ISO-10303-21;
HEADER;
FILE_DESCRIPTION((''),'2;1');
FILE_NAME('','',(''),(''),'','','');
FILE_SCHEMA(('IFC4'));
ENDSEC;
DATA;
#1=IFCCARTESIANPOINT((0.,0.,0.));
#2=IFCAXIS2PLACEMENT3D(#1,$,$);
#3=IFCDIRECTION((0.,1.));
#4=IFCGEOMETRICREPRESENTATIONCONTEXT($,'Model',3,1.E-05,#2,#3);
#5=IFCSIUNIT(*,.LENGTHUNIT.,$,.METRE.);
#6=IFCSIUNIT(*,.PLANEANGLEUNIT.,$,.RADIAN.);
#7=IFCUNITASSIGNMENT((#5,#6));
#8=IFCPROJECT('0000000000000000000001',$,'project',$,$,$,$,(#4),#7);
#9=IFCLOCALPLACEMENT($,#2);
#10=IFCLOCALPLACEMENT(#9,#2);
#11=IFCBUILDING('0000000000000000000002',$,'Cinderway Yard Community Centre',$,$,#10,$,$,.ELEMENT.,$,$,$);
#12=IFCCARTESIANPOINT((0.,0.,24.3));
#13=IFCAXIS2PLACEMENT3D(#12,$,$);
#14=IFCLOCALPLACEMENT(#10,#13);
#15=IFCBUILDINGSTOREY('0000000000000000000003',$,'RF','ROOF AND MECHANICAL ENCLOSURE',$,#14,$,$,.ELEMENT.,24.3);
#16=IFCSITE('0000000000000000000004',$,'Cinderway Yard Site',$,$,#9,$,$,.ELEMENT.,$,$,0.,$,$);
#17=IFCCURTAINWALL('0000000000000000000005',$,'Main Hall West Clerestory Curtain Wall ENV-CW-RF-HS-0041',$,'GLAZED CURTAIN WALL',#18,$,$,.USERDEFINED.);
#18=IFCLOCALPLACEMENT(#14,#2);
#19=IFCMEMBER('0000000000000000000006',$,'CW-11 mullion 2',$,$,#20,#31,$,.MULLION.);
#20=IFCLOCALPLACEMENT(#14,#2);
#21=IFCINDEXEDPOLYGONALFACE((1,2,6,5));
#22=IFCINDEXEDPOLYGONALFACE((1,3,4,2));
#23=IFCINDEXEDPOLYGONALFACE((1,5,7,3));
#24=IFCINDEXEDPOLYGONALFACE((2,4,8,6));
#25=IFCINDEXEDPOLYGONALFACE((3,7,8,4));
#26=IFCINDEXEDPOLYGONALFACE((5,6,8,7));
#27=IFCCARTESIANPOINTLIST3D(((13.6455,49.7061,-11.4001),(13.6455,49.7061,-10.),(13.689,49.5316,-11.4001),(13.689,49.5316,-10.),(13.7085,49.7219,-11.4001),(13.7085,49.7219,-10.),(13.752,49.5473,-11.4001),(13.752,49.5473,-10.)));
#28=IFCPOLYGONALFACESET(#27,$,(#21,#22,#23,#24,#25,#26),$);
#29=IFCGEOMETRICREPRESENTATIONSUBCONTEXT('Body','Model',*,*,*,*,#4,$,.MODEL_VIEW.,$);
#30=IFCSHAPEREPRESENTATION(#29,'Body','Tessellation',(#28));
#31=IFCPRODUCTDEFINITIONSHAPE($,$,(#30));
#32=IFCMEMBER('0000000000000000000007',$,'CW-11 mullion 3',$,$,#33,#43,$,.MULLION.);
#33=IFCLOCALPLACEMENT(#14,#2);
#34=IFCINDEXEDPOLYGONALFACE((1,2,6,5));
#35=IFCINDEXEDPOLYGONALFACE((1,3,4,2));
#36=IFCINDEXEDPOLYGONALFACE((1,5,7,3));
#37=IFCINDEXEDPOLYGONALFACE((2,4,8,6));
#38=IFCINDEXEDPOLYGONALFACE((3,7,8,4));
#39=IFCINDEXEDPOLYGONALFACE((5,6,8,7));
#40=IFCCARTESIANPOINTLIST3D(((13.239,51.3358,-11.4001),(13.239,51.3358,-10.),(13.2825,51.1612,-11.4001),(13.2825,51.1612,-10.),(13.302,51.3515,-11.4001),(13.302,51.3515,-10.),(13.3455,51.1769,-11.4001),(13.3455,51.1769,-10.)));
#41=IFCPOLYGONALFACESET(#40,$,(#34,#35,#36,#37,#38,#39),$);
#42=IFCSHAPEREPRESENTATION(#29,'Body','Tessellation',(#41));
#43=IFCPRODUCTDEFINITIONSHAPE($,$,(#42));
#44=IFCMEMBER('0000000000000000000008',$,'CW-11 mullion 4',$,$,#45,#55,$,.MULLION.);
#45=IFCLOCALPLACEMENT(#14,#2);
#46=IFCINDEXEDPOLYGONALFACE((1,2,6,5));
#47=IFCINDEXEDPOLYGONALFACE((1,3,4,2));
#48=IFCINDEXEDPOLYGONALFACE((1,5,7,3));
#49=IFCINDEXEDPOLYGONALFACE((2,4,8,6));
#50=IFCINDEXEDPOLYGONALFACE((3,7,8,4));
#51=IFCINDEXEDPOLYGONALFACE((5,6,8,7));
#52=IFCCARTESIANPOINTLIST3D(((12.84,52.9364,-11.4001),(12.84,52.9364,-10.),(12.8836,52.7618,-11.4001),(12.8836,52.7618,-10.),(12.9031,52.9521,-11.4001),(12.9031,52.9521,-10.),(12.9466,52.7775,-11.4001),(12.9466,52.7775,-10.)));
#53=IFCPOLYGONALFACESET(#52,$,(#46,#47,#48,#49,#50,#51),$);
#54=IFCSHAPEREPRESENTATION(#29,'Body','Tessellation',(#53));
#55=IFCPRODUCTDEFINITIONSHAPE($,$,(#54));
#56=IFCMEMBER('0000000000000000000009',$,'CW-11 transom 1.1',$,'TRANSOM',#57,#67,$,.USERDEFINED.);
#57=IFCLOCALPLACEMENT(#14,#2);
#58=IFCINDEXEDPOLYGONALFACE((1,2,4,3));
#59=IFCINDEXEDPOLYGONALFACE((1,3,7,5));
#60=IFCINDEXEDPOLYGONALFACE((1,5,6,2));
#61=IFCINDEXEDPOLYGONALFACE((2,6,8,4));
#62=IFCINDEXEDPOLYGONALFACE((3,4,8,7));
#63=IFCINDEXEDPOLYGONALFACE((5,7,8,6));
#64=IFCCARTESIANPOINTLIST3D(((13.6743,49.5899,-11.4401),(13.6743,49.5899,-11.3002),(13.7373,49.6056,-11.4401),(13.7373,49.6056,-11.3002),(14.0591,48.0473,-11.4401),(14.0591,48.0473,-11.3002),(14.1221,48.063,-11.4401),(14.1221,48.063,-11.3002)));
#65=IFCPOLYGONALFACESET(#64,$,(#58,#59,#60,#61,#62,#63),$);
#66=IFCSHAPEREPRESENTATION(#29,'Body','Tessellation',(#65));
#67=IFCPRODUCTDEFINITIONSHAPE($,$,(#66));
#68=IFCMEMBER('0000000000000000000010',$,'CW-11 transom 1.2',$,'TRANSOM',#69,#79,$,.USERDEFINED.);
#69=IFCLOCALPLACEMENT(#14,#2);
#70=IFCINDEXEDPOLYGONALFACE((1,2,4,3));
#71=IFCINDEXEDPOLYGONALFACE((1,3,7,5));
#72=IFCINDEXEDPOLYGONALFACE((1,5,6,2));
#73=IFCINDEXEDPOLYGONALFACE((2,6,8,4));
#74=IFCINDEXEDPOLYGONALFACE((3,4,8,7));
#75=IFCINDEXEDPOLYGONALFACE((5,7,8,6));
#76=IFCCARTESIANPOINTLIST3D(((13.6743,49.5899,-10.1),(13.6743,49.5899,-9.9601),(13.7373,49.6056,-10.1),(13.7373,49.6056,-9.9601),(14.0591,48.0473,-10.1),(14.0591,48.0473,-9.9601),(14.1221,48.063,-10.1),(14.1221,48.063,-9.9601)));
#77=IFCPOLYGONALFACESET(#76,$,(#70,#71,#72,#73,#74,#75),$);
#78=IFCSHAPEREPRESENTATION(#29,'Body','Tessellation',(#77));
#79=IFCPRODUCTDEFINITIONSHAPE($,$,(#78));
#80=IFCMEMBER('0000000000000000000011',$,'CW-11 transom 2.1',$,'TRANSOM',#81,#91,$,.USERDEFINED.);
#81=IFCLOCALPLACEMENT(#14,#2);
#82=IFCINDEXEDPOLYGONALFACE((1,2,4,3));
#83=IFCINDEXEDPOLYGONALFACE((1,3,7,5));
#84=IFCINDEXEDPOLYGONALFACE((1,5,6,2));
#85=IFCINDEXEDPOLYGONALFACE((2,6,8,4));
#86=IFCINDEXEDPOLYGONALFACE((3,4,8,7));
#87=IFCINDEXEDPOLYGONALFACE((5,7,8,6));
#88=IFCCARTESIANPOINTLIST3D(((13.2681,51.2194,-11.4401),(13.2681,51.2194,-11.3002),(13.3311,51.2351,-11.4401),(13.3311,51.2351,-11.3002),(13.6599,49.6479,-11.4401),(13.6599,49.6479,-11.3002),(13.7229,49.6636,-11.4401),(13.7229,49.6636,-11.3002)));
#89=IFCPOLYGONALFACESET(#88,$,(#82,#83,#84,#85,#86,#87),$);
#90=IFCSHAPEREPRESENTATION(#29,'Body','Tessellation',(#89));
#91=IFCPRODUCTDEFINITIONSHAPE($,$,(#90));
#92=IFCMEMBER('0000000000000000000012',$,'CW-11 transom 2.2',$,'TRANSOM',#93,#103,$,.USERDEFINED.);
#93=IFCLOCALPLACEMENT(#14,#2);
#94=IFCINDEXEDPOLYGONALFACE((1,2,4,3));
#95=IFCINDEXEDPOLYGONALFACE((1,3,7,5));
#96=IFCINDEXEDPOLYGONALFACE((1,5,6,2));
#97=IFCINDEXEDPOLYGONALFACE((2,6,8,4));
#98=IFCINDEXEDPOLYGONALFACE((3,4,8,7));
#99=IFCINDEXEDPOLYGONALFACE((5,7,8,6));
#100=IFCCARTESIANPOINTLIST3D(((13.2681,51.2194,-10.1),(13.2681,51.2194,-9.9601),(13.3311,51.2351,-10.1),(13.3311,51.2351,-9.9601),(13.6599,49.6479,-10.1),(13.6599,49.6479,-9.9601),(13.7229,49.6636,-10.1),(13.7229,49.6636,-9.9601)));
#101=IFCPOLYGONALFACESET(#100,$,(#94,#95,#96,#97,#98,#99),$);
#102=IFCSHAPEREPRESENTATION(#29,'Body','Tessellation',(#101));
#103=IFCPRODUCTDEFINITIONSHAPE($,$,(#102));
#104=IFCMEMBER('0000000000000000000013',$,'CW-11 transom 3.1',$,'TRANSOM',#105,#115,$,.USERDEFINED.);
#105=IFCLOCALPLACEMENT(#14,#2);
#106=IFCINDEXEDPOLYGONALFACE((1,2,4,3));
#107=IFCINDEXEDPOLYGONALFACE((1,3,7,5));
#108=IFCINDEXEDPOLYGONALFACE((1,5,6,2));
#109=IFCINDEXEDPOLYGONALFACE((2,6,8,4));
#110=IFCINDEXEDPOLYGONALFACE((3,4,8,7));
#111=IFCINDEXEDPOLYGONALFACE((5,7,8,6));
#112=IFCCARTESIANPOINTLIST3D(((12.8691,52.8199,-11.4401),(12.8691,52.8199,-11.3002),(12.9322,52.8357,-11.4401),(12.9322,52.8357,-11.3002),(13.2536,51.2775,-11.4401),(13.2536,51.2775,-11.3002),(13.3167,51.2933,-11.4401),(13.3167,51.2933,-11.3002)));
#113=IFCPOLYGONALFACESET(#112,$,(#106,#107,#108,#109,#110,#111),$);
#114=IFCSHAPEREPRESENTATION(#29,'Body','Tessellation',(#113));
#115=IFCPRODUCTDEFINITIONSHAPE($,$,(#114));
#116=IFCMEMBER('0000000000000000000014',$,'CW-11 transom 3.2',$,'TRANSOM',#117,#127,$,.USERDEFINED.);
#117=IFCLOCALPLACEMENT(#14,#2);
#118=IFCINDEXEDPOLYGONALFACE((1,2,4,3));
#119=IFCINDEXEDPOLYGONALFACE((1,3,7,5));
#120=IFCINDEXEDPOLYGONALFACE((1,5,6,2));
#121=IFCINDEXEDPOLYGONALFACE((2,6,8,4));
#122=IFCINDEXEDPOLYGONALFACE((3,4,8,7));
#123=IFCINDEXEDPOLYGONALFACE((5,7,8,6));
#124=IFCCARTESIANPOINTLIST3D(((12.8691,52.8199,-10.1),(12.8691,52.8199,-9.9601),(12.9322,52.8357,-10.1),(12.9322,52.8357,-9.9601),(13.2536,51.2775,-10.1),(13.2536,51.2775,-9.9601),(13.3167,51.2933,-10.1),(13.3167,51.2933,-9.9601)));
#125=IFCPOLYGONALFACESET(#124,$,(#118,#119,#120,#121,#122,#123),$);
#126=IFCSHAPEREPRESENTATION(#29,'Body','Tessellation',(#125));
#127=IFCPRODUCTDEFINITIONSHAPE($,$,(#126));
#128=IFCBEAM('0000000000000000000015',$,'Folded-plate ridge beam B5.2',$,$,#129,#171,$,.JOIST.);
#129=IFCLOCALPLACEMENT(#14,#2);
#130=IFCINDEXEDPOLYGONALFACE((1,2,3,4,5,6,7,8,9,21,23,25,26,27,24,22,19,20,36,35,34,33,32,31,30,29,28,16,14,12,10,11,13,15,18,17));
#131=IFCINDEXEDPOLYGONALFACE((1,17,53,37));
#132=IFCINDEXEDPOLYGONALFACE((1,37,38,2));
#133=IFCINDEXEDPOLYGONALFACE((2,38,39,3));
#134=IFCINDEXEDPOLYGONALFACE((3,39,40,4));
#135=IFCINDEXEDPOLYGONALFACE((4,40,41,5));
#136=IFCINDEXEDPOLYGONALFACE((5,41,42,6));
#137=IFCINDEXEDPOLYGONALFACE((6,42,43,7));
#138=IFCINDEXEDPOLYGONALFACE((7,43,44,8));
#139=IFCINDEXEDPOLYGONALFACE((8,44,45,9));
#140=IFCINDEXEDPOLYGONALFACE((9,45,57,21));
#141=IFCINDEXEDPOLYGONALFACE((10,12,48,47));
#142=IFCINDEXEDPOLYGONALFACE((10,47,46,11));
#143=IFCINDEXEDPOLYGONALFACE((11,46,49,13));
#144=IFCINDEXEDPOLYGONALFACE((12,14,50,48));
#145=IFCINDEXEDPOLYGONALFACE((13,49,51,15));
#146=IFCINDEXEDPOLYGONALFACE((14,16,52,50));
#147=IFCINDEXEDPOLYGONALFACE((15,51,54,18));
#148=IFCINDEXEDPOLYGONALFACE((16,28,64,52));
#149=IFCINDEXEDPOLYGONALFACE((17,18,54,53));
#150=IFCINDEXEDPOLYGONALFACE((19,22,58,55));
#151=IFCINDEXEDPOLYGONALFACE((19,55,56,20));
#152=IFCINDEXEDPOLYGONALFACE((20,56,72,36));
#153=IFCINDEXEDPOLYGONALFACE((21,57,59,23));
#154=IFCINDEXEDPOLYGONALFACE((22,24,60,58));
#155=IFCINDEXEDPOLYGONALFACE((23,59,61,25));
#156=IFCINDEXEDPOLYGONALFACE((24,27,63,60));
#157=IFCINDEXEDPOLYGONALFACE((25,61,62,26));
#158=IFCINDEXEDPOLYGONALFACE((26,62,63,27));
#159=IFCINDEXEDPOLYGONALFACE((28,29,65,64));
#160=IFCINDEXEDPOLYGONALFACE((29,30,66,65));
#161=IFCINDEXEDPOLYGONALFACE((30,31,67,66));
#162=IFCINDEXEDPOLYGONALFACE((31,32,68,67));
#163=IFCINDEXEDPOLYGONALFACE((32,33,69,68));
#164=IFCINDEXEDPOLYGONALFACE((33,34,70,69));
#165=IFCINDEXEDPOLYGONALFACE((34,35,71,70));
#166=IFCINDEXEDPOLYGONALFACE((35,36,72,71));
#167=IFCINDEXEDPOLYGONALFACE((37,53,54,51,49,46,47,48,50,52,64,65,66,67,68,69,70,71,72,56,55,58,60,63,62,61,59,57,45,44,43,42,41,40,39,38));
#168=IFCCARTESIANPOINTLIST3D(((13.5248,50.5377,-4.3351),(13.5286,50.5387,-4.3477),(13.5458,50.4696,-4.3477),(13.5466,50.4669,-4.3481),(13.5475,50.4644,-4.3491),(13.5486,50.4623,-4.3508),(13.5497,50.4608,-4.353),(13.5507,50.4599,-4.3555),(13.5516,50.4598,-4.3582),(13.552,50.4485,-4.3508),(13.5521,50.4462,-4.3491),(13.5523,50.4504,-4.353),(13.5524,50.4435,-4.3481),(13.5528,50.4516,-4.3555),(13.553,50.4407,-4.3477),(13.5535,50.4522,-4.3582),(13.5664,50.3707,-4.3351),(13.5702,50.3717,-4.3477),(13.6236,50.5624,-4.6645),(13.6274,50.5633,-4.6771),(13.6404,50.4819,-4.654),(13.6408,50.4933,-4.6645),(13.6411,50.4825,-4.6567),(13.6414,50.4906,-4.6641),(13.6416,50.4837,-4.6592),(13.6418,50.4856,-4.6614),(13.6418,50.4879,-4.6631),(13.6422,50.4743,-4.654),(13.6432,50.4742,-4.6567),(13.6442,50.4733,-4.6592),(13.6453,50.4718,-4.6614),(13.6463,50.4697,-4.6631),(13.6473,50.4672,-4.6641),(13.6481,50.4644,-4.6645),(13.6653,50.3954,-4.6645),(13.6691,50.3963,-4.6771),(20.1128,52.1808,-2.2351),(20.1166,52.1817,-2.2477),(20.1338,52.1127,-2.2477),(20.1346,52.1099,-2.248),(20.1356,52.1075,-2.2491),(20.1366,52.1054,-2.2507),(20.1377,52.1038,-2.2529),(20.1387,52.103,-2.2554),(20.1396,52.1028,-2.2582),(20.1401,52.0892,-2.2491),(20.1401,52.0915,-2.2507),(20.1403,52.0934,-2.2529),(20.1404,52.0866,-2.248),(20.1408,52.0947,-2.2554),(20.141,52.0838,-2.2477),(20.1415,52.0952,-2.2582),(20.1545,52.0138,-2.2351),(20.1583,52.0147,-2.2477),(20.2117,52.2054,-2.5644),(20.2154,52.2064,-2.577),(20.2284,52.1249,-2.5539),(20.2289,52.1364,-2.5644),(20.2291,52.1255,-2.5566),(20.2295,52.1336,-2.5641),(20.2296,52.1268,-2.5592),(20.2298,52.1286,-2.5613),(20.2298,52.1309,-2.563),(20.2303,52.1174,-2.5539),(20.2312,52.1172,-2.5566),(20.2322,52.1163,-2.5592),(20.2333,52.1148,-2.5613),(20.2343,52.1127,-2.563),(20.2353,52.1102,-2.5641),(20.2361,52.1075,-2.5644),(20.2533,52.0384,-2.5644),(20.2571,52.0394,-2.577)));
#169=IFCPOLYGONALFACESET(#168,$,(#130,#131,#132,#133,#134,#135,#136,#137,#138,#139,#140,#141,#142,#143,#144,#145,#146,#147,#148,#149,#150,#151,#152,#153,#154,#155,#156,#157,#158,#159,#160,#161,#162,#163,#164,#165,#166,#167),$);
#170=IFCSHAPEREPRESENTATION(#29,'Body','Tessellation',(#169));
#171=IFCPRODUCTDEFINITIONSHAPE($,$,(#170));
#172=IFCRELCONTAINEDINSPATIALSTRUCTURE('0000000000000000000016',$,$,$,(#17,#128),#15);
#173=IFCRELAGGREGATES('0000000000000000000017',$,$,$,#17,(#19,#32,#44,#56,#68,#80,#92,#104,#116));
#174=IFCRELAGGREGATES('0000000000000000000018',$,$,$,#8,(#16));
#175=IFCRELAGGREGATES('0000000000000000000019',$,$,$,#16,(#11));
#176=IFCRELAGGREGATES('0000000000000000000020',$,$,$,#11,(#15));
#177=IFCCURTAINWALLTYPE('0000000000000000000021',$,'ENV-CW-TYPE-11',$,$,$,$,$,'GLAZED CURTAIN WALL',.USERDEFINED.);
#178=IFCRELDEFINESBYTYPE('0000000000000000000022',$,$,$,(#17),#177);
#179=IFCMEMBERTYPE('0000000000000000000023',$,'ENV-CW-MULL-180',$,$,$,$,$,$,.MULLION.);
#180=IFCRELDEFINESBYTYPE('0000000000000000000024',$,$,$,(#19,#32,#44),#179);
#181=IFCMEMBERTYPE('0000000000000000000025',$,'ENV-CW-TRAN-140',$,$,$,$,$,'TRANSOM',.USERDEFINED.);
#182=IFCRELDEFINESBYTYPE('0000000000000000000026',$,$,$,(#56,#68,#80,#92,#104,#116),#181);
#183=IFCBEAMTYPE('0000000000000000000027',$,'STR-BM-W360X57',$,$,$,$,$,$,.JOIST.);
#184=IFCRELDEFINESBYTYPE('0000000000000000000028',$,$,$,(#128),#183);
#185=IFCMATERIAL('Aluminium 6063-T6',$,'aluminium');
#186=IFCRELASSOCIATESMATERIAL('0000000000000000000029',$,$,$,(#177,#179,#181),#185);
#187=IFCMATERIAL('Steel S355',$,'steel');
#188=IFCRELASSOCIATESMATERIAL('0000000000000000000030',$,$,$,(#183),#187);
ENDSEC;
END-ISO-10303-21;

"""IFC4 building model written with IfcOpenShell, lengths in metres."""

from ifc_helpers import new_model, si_unit, direction, frame, origin, origin_2d, place, context, subcontext, project, spatial, rectangle, i_section, extrude, material, material_profile, profile_set, type_object, element, aggregate, save


model = new_model("IFC4")

# Units and contexts
model_context = context("Model", 3, precision=1e-05, world=origin(), true_north=direction((0.0, 1.0)))
body_context = subcontext(model_context, "Body", "Model", "MODEL_VIEW")
ifc_project = project(units=[si_unit("LENGTHUNIT", "METRE"), si_unit("PLANEANGLEUNIT", "RADIAN")], contexts=[model_context])

# Site, building, storey
site_placement = place(None, origin())
site = spatial("IfcSite", under=ifc_project, at=site_placement, Name="Cinderway Yard Site", CompositionType="ELEMENT", RefElevation=0.0)
building_placement = place(site_placement, origin())
building = spatial("IfcBuilding", under=site, at=building_placement, Name="Cinderway Yard Community Centre", CompositionType="ELEMENT")
storey_placement = place(building_placement, frame((0.0, 0.0, 24.3)))
storey = spatial("IfcBuildingStorey", under=building, at=storey_placement, Name="RF", Description="ROOF AND MECHANICAL ENCLOSURE", CompositionType="ELEMENT", Elevation=24.3)

# Curtain wall, members
ifc_material_1 = material(Name="Aluminium 6063-T6", Category="aluminium")
curtain_wall_type = type_object("IfcCurtainWallType", Name="ENV-CW-TYPE-11", ElementType="GLAZED CURTAIN WALL", PredefinedType="USERDEFINED", material=ifc_material_1)
curtain_wall_placement = place(storey_placement, origin())
curtain_wall = element("IfcCurtainWall", 1, at=curtain_wall_placement, inside=storey, type_object=curtain_wall_type, Name="Main Hall West Clerestory Curtain Wall ENV-CW-RF-HS-0041", ObjectType="GLAZED CURTAIN WALL", PredefinedType="USERDEFINED")
ifc_material_profile_1 = material_profile(ifc_material_1, rectangle(XDim=0.0649, YDim=0.1799, at=origin_2d()), Name="Aluminium 6063-T6")
ifc_profile_set_1 = profile_set([ifc_material_profile_1], Name="Aluminium 6063-T6")
member_type_1 = type_object("IfcMemberType", Name="ENV-CW-MULL-180", PredefinedType="MULLION", material=ifc_profile_set_1)
member_1_placement = place(storey_placement, frame((13.6987, 49.6267, -11.4001), z_axis=(0.0, 0.0, 1.0), x_axis=(-0.970294, -0.241929, 0.0)))
member_1 = element("IfcMember", 2, at=member_1_placement, type_object=member_type_1, Name="CW-11 mullion 2", PredefinedType="MULLION", context=body_context, shape_type="SweptSolid", body=[
    extrude(rectangle(XDim=0.0649, YDim=0.1799, at=origin_2d()), origin(), (0.0, 0.0, 1.0), 1.4001),
])
member_2_placement = place(storey_placement, frame((13.2922, 51.2563, -11.4001), z_axis=(0.0, 0.0, 1.0), x_axis=(-0.970294, -0.241929, 0.0)))
member_2 = element("IfcMember", 3, at=member_2_placement, type_object=member_type_1, Name="CW-11 mullion 3", PredefinedType="MULLION", context=body_context, shape_type="SweptSolid", body=[
    extrude(rectangle(XDim=0.0649, YDim=0.1799, at=origin_2d()), origin(), (0.0, 0.0, 1.0), 1.4001),
])
member_3_placement = place(storey_placement, frame((12.8933, 52.8569, -11.4001), z_axis=(0.0, 0.0, 1.0), x_axis=(-0.970294, -0.241929, 0.0)))
member_3 = element("IfcMember", 4, at=member_3_placement, type_object=member_type_1, Name="CW-11 mullion 4", PredefinedType="MULLION", context=body_context, shape_type="SweptSolid", body=[
    extrude(rectangle(XDim=0.0649, YDim=0.1799, at=origin_2d()), origin(), (0.0, 0.0, 1.0), 1.4001),
])
ifc_material_profile_2 = material_profile(ifc_material_1, rectangle(XDim=0.0649, YDim=0.1399, at=origin_2d()), Name="Aluminium 6063-T6")
ifc_profile_set_2 = profile_set([ifc_material_profile_2], Name="Aluminium 6063-T6")
member_type_2 = type_object("IfcMemberType", Name="ENV-CW-TRAN-140", ElementType="TRANSOM", PredefinedType="USERDEFINED", material=ifc_profile_set_2)
member_4_placement = place(storey_placement, frame((14.0906, 48.0552, -11.3701), z_axis=(-0.24203, 0.970269, 0.0), x_axis=(-0.970269, -0.24203, 0.0)))
member_4 = element("IfcMember", 5, at=member_4_placement, type_object=member_type_2, Name="CW-11 transom 1.1", ObjectType="TRANSOM", PredefinedType="USERDEFINED", context=body_context, shape_type="SweptSolid", body=[
    extrude(rectangle(XDim=0.0649, YDim=0.1399, at=origin_2d()), origin(), (0.0, 0.0, 1.0), 1.5898),
])
member_5_placement = place(storey_placement, frame((14.0906, 48.0552, -10.03), z_axis=(-0.24203, 0.970269, 0.0), x_axis=(-0.970269, -0.24203, 0.0)))
member_5 = element("IfcMember", 6, at=member_5_placement, type_object=member_type_2, Name="CW-11 transom 1.2", ObjectType="TRANSOM", PredefinedType="USERDEFINED", context=body_context, shape_type="SweptSolid", body=[
    extrude(rectangle(XDim=0.0649, YDim=0.1399, at=origin_2d()), origin(), (0.0, 0.0, 1.0), 1.5898),
])
member_6_placement = place(storey_placement, frame((13.6914, 49.6558, -11.3701), z_axis=(-0.241933, 0.970293, 0.0), x_axis=(-0.970293, -0.241933, 0.0)))
member_6 = element("IfcMember", 7, at=member_6_placement, type_object=member_type_2, Name="CW-11 transom 2.1", ObjectType="TRANSOM", PredefinedType="USERDEFINED", context=body_context, shape_type="SweptSolid", body=[
    extrude(rectangle(XDim=0.0649, YDim=0.1399, at=origin_2d()), origin(), (0.0, 0.0, 1.0), 1.6196),
])
member_7_placement = place(storey_placement, frame((13.6914, 49.6558, -10.03), z_axis=(-0.241933, 0.970293, 0.0), x_axis=(-0.970293, -0.241933, 0.0)))
member_7 = element("IfcMember", 8, at=member_7_placement, type_object=member_type_2, Name="CW-11 transom 2.2", ObjectType="TRANSOM", PredefinedType="USERDEFINED", context=body_context, shape_type="SweptSolid", body=[
    extrude(rectangle(XDim=0.0649, YDim=0.1399, at=origin_2d()), origin(), (0.0, 0.0, 1.0), 1.6196),
])
member_8_placement = place(storey_placement, frame((13.2852, 51.2854, -11.3701), z_axis=(-0.241885, 0.970305, 0.0), x_axis=(-0.970305, -0.241885, 0.0)))
member_8 = element("IfcMember", 9, at=member_8_placement, type_object=member_type_2, Name="CW-11 transom 3.1", ObjectType="TRANSOM", PredefinedType="USERDEFINED", context=body_context, shape_type="SweptSolid", body=[
    extrude(rectangle(XDim=0.0649, YDim=0.1399, at=origin_2d()), origin(), (0.0, 0.0, 1.0), 1.5896),
])
member_9_placement = place(storey_placement, frame((13.2852, 51.2854, -10.03), z_axis=(-0.241885, 0.970305, 0.0), x_axis=(-0.970305, -0.241885, 0.0)))
member_9 = element("IfcMember", 10, at=member_9_placement, type_object=member_type_2, Name="CW-11 transom 3.2", ObjectType="TRANSOM", PredefinedType="USERDEFINED", context=body_context, shape_type="SweptSolid", body=[
    extrude(rectangle(XDim=0.0649, YDim=0.1399, at=origin_2d()), origin(), (0.0, 0.0, 1.0), 1.5896),
])

# Beam
ifc_material_2 = material(Name="Steel S355", Category="steel")
ifc_material_profile_3 = material_profile(ifc_material_2, i_section(OverallWidth=0.1721, OverallDepth=0.3579, WebThickness=0.0078, FlangeThickness=0.0132, FilletRadius=0.011, at=origin_2d()), Name="Steel S355")
ifc_profile_set_3 = profile_set([ifc_material_profile_3], Name="Steel S355")
beam_type_1 = type_object("IfcBeamType", Name="STR-BM-W360X57", PredefinedType="JOIST", material=ifc_profile_set_3)
beam_1_placement = place(storey_placement, frame((13.5969, 50.467, -4.5061), z_axis=(0.926954, 0.23118, 0.295485), x_axis=(-0.241986, 0.97028, 0.0)))
element("IfcBeam", 11, at=beam_1_placement, inside=storey, type_object=beam_type_1, Name="Folded-plate ridge beam B5.2", PredefinedType="JOIST", context=body_context, shape_type="SweptSolid", body=[
    extrude(i_section(OverallWidth=0.1721, OverallDepth=0.3579, WebThickness=0.0078, FlangeThickness=0.0132, FilletRadius=0.011, at=origin_2d()), origin(), (0.0, 0.0, 1.0), 7.1072),
])

aggregate(curtain_wall, [member_1, member_2, member_3, member_4, member_5, member_6, member_7, member_8, member_9])

save(model, "model.ifc")
